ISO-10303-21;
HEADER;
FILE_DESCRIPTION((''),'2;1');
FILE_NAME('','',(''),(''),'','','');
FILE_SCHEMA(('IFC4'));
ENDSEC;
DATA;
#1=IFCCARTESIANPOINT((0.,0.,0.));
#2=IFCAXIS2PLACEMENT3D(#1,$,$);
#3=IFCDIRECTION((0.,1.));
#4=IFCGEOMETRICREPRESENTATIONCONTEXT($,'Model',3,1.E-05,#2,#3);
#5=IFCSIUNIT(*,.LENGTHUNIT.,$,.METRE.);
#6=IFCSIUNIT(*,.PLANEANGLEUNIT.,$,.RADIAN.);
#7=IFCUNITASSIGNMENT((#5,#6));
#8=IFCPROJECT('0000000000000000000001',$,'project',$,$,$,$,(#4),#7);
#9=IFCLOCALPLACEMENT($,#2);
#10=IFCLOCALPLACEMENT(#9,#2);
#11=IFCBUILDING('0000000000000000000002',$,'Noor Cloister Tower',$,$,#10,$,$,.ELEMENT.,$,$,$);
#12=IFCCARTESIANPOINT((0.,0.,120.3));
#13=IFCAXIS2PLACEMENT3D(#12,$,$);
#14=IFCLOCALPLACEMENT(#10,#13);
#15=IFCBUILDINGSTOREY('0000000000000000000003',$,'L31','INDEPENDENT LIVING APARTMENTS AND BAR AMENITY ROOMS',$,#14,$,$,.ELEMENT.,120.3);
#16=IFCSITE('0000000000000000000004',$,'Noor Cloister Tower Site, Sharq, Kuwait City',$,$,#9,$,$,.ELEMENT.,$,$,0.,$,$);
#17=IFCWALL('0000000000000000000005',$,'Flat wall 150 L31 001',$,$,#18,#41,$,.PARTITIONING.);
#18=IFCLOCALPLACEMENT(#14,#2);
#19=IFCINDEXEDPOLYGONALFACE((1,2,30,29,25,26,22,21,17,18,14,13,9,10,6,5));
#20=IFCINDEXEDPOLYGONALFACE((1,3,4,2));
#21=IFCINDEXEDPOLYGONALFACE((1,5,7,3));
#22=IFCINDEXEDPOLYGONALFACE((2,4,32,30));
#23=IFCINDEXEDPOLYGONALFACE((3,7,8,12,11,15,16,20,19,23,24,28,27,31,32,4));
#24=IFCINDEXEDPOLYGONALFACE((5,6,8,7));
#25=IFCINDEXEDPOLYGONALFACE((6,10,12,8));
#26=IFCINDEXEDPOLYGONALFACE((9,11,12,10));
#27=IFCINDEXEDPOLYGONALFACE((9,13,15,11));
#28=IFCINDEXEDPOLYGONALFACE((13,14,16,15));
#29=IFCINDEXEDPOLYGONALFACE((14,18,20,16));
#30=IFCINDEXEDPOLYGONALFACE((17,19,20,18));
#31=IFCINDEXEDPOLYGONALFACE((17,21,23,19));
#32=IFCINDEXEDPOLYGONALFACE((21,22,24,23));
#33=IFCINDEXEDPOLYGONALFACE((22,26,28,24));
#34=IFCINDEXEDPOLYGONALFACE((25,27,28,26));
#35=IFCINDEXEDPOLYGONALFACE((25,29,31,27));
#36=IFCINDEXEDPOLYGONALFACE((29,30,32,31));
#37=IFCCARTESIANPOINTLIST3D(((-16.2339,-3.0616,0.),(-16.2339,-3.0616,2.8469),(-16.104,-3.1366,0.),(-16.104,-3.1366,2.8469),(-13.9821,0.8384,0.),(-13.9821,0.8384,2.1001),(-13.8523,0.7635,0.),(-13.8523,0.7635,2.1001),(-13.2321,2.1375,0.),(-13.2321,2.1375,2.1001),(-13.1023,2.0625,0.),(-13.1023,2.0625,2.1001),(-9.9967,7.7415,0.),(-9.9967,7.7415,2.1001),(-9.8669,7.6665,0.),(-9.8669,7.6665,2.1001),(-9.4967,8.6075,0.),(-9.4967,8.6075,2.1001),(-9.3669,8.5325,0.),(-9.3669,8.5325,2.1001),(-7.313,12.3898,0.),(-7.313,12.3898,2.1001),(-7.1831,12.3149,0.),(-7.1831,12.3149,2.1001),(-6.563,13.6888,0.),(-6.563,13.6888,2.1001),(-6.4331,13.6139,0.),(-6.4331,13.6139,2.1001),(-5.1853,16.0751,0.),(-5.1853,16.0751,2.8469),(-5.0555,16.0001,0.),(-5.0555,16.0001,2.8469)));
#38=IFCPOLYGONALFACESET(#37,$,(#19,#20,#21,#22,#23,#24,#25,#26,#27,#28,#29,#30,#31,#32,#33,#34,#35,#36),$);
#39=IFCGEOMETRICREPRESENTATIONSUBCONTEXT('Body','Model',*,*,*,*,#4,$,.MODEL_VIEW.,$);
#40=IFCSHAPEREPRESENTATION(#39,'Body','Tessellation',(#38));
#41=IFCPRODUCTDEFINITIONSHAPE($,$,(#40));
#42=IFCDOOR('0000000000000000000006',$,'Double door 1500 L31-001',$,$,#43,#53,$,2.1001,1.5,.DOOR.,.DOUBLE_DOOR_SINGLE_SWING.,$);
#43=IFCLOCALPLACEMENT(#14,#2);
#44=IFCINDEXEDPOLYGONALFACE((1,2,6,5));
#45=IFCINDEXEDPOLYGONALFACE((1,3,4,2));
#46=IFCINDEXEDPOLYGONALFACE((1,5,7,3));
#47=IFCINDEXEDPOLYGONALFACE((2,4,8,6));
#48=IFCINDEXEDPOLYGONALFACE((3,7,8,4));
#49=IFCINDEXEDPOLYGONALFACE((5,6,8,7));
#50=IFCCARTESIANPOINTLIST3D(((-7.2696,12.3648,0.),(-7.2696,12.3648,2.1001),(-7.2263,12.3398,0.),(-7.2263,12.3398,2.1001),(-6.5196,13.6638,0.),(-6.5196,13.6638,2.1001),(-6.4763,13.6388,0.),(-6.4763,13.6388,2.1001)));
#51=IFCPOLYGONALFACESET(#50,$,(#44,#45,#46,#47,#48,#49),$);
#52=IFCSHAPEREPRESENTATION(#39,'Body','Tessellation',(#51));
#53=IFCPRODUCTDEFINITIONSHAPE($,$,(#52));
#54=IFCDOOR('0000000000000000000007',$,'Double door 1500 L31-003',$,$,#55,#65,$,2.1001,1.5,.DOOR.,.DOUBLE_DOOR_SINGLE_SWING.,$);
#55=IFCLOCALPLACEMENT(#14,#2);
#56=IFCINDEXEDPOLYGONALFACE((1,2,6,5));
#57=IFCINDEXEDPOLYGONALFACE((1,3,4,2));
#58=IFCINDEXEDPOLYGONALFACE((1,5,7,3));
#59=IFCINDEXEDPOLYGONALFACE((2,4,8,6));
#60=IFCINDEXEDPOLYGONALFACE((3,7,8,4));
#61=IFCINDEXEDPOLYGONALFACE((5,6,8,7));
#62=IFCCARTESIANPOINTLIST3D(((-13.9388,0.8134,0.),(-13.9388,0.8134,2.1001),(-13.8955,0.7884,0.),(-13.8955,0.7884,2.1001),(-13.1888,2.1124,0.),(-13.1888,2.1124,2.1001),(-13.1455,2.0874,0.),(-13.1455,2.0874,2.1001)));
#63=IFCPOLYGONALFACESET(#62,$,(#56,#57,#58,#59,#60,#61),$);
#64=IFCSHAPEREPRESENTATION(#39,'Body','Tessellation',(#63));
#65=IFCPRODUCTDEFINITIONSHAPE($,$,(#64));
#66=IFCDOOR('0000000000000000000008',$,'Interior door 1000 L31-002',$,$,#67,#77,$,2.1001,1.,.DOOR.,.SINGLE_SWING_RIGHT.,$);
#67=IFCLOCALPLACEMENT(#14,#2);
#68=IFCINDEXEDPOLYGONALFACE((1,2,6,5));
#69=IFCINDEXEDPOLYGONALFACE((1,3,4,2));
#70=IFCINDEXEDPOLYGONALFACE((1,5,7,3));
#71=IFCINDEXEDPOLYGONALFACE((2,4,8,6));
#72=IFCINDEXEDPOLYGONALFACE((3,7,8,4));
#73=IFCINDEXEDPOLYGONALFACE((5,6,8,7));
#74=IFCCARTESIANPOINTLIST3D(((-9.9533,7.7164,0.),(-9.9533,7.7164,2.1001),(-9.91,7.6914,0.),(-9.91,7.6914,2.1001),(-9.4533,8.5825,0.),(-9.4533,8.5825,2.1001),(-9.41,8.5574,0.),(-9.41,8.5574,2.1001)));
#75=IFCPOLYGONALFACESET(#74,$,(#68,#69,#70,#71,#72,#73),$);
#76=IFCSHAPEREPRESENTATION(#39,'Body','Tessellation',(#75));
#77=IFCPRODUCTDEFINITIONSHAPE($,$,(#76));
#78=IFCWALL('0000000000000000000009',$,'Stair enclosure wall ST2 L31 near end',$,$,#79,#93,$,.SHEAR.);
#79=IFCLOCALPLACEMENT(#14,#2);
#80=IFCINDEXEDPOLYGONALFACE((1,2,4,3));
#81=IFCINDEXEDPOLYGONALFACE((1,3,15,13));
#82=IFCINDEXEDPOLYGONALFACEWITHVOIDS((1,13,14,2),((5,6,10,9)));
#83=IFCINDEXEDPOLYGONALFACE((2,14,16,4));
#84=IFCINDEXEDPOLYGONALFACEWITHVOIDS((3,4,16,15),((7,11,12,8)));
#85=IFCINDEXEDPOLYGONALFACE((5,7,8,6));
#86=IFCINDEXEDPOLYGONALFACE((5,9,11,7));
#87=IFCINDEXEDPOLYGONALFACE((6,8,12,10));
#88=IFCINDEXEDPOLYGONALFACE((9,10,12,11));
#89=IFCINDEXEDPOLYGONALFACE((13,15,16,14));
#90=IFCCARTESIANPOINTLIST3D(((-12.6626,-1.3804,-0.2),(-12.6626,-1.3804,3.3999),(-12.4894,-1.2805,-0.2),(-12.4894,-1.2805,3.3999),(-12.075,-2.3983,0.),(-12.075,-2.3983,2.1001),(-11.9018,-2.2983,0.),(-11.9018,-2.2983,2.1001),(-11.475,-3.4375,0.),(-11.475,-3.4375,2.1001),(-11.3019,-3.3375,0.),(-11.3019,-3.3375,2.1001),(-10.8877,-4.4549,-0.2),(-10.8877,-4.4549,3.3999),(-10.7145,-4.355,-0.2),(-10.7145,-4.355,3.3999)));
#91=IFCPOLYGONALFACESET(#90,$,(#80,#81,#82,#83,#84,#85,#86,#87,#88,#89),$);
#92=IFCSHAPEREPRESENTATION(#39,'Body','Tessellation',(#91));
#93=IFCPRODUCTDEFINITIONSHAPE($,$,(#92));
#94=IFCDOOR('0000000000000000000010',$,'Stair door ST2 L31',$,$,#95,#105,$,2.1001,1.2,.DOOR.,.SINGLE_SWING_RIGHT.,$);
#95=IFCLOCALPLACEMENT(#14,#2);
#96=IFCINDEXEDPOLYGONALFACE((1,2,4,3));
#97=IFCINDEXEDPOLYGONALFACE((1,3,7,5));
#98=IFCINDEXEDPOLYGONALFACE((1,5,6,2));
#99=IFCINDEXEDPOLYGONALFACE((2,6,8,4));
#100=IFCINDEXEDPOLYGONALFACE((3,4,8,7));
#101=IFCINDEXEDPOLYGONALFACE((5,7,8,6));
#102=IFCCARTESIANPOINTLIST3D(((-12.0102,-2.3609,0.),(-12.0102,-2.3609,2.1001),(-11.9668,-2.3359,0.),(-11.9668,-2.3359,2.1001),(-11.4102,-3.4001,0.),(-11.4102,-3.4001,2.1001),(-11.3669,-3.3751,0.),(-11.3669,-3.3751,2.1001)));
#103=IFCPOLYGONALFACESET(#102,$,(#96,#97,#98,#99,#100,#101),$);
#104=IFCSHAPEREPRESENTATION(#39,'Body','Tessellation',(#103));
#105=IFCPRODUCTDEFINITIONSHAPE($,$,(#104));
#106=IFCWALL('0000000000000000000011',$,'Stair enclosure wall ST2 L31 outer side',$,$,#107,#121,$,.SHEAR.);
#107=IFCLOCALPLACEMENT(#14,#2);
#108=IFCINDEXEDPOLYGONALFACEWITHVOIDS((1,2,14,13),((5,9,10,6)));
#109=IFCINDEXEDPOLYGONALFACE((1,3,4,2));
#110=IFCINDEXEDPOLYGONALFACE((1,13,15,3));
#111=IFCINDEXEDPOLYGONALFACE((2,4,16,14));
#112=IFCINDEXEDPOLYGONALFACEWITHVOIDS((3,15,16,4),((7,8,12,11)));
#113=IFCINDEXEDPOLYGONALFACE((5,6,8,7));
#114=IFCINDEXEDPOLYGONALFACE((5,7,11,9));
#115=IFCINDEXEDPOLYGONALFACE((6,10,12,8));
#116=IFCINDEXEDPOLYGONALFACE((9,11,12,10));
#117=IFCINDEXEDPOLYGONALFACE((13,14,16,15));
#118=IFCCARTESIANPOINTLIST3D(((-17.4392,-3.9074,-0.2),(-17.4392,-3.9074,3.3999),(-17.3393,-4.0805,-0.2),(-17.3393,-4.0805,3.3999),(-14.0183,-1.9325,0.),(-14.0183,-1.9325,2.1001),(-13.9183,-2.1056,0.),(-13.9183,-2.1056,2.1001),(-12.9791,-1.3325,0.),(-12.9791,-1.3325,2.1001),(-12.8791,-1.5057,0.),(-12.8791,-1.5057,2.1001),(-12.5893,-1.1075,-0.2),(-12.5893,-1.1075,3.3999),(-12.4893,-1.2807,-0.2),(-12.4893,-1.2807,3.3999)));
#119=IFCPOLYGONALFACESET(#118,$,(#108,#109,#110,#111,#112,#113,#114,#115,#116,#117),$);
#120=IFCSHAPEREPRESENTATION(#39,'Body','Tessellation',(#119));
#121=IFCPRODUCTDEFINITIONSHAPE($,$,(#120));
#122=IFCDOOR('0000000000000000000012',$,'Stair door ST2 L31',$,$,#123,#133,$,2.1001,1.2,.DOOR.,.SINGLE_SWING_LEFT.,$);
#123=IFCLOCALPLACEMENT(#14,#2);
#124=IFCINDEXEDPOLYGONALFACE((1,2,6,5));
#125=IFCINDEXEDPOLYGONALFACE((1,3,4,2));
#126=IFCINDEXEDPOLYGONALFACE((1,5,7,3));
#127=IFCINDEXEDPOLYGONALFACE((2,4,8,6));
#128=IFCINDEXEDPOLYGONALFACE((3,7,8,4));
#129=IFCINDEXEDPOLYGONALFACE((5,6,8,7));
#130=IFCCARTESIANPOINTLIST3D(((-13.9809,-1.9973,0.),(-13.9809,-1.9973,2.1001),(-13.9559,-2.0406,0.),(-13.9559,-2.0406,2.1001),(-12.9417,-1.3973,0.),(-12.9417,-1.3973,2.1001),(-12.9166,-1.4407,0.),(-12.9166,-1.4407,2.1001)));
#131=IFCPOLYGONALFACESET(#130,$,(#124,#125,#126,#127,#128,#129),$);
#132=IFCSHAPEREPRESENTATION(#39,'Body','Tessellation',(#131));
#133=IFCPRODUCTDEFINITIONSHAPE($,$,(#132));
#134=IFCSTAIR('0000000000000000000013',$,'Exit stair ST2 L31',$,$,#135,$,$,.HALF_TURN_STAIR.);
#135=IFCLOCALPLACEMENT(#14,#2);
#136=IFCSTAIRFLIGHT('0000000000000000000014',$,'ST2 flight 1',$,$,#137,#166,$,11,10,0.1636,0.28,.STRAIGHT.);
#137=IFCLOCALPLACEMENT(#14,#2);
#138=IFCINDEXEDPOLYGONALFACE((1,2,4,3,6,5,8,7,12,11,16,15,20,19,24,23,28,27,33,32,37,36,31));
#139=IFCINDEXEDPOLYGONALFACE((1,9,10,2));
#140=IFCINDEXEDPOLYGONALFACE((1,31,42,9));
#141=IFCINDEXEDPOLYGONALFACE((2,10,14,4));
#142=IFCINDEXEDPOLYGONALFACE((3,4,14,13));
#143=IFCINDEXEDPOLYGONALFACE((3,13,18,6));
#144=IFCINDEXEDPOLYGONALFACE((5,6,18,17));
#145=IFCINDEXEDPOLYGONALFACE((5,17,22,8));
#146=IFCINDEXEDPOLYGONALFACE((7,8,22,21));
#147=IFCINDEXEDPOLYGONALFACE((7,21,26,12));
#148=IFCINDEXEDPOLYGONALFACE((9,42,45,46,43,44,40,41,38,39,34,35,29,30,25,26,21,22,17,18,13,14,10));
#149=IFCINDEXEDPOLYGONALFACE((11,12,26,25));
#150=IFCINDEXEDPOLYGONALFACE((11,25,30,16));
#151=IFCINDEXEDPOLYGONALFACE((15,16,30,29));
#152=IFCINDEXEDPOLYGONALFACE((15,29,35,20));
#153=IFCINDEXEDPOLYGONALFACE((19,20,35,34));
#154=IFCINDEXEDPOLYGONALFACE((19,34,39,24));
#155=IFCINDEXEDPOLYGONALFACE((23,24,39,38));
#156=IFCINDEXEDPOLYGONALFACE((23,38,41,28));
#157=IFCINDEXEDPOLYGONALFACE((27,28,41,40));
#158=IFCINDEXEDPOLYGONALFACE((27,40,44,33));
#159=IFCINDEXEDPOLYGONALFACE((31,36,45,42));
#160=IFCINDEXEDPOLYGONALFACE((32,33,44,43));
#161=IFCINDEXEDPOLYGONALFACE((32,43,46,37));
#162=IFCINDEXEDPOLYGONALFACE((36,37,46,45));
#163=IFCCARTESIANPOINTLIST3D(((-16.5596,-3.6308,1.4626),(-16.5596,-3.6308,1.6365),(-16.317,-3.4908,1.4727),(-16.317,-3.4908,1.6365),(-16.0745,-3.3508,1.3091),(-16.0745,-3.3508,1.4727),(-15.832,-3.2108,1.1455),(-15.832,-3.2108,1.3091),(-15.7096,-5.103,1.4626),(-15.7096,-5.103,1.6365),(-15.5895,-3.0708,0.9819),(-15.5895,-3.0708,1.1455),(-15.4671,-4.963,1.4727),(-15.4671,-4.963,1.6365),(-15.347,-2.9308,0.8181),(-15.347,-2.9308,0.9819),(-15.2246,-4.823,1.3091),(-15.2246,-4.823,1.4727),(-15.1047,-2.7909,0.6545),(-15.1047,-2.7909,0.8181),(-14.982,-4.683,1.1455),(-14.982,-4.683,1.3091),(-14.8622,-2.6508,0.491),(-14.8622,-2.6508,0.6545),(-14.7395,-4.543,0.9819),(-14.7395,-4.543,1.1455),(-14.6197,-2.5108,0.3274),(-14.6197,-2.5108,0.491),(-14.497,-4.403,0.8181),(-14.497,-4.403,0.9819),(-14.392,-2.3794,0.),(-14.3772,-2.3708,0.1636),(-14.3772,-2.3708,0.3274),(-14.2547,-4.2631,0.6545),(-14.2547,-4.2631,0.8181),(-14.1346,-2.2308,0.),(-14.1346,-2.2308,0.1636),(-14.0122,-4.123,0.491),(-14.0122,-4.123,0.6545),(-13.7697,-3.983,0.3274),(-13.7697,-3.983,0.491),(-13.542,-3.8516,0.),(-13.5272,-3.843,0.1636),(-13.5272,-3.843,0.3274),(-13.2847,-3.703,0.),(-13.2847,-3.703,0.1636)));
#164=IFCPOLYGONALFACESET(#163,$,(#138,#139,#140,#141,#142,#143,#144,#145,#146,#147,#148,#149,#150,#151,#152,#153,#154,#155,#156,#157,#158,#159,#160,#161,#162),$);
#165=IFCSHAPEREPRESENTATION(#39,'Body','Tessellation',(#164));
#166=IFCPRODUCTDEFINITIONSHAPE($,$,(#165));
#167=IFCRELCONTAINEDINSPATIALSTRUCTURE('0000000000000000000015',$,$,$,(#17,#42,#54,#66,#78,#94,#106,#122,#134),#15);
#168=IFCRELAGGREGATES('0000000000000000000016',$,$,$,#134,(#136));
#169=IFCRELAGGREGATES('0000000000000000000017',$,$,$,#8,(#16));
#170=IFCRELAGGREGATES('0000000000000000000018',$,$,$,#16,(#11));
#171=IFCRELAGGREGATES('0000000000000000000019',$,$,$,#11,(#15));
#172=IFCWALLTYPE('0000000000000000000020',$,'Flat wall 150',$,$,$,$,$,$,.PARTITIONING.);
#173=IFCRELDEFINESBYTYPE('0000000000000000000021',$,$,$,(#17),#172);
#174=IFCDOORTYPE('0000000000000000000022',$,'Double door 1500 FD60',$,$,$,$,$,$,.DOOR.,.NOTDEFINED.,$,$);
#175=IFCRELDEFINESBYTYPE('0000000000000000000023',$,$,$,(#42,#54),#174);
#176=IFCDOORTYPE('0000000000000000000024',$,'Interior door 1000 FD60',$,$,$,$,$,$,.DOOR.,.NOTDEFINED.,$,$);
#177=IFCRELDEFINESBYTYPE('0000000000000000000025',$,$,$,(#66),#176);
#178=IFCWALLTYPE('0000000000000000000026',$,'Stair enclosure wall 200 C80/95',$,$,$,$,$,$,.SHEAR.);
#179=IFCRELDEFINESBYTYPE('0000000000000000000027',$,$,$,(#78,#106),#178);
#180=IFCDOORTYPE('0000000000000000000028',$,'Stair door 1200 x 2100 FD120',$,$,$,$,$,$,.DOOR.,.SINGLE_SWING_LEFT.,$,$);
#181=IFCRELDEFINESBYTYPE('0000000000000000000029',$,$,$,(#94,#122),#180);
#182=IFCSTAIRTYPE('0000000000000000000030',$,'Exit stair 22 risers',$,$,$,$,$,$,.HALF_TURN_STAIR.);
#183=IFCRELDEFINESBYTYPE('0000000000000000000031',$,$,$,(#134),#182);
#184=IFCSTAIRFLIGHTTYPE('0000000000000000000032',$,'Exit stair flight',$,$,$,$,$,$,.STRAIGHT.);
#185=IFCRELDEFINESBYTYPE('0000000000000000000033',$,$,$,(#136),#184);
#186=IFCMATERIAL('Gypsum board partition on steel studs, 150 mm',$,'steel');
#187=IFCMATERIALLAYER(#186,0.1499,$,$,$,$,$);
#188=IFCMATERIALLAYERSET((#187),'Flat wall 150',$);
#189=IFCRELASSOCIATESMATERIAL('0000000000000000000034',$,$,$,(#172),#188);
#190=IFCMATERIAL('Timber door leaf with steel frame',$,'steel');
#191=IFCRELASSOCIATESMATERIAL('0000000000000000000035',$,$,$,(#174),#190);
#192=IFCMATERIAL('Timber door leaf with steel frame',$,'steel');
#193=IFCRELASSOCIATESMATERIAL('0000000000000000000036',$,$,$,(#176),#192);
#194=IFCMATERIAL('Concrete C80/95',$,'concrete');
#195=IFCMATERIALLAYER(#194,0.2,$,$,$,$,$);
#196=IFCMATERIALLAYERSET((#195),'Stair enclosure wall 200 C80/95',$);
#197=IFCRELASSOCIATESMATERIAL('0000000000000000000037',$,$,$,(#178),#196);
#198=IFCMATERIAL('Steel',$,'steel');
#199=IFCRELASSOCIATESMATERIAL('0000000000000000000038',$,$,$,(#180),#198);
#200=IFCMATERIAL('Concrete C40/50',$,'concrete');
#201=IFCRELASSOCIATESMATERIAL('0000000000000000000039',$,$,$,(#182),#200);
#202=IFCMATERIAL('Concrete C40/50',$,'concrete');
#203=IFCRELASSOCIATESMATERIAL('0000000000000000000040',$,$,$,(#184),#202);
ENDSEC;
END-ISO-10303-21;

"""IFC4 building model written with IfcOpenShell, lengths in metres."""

from ifc_helpers import new_model, si_unit, direction, frame, frame_2d, origin, place, context, subcontext, project, spatial, polyline, rectangle, outline, extrude, material, layer, layer_set, type_object, element, fill, aggregate, save


model = new_model("IFC4")

# Units and contexts
model_context = context("Model", 3, precision=1e-05, world=origin(), true_north=direction((0.0, 1.0)))
body_context = subcontext(model_context, "Body", "Model", "MODEL_VIEW")
ifc_project = project(units=[si_unit("LENGTHUNIT", "METRE"), si_unit("PLANEANGLEUNIT", "RADIAN")], contexts=[model_context])

# Site, building, storey
site_placement = place(None, origin())
site = spatial("IfcSite", under=ifc_project, at=site_placement, Name="Noor Cloister Tower Site, Sharq, Kuwait City", CompositionType="ELEMENT", RefElevation=0.0)
building_placement = place(site_placement, origin())
building = spatial("IfcBuilding", under=site, at=building_placement, Name="Noor Cloister Tower", CompositionType="ELEMENT")
storey_placement = place(building_placement, frame((0.0, 0.0, 120.3)))
storey = spatial("IfcBuildingStorey", under=building, at=storey_placement, Name="L31", Description="INDEPENDENT LIVING APARTMENTS AND BAR AMENITY ROOMS", CompositionType="ELEMENT", Elevation=120.3)

# Wall, openings, doors
ifc_material_1 = material(Name="Gypsum board partition on steel studs, 150 mm", Category="steel")
ifc_layer_1 = layer(ifc_material_1, 0.1499)
ifc_layer_set_1 = layer_set([ifc_layer_1], Name="Flat wall 150")
wall_type_1 = type_object("IfcWallType", Name="Flat wall 150", PredefinedType="PARTITIONING", material=ifc_layer_set_1)
wall_1_placement = place(storey_placement, frame((-16.1689, -3.0991, 0.0), z_axis=(0.0, 0.0, 1.0), x_axis=(0.5, 0.866026, 0.0)))
wall_1 = element("IfcWall", 1, at=wall_1_placement, inside=storey, type_object=wall_type_1, Name="Flat wall 150 L31 001", PredefinedType="PARTITIONING", context=body_context, shape_type="SweptSolid", body=[
    extrude(rectangle(XDim=22.0972, YDim=0.1499, at=frame_2d((11.0486, 0.0))), origin(), (0.0, 0.0, 1.0), 2.8469),
])
opening_1_placement = place(wall_1_placement, frame((17.8418, 0.0, 0.0)))
opening_1 = element("IfcOpeningElement", 2, at=opening_1_placement, cuts=wall_1, PredefinedType="OPENING", context=body_context, shape_type="SweptSolid", body=[
    extrude(rectangle(XDim=1.5, YDim=2.1001, at=frame_2d((0.75, 1.05))), frame((0.0, 0.085, 0.0), z_axis=(0.0, -1.0, 0.0), x_axis=(1.0, 0.0, 0.0)), (0.0, 0.0, 1.0), 0.1699),
])
opening_2_placement = place(wall_1_placement, frame((12.4744, 0.0, 0.0)))
opening_2 = element("IfcOpeningElement", 3, at=opening_2_placement, cuts=wall_1, PredefinedType="OPENING", context=body_context, shape_type="SweptSolid", body=[
    extrude(rectangle(XDim=1.0, YDim=2.1001, at=frame_2d((0.5, 1.05))), frame((0.0, 0.085, 0.0), z_axis=(0.0, -1.0, 0.0), x_axis=(1.0, 0.0, 0.0)), (0.0, 0.0, 1.0), 0.1699),
])
opening_3_placement = place(wall_1_placement, frame((4.5034, 0.0, 0.0)))
opening_3 = element("IfcOpeningElement", 4, at=opening_3_placement, cuts=wall_1, PredefinedType="OPENING", context=body_context, shape_type="SweptSolid", body=[
    extrude(rectangle(XDim=1.5, YDim=2.1001, at=frame_2d((0.75, 1.05))), frame((0.0, 0.085, 0.0), z_axis=(0.0, -1.0, 0.0), x_axis=(1.0, 0.0, 0.0)), (0.0, 0.0, 1.0), 0.1699),
])
ifc_material_2 = material(Name="Timber door leaf with steel frame", Category="steel")
door_type_1 = type_object("IfcDoorType", Name="Double door 1500 FD60", OperationType="NOTDEFINED", PredefinedType="DOOR", material=ifc_material_2)
door_1_placement = place(opening_1_placement, origin())
door_1 = element("IfcDoor", 5, at=door_1_placement, inside=storey, type_object=door_type_1, Name="Double door 1500 L31-001", OperationType="DOUBLE_DOOR_SINGLE_SWING", OverallHeight=2.1001, OverallWidth=1.5, PredefinedType="DOOR", context=body_context, shape_type="SweptSolid", body=[
    extrude(rectangle(XDim=1.5, YDim=2.1001, at=frame_2d((0.75, 1.05))), frame((0.0, 0.0249, 0.0), z_axis=(0.0, -1.0, 0.0), x_axis=(1.0, 0.0, 0.0)), (0.0, 0.0, 1.0), 0.05),
])
fill(opening_1, door_1)
door_2_placement = place(opening_3_placement, origin())
door_2 = element("IfcDoor", 6, at=door_2_placement, inside=storey, type_object=door_type_1, Name="Double door 1500 L31-003", OperationType="DOUBLE_DOOR_SINGLE_SWING", OverallHeight=2.1001, OverallWidth=1.5, PredefinedType="DOOR", context=body_context, shape_type="SweptSolid", body=[
    extrude(rectangle(XDim=1.5, YDim=2.1001, at=frame_2d((0.75, 1.05))), frame((0.0, 0.0249, 0.0), z_axis=(0.0, -1.0, 0.0), x_axis=(1.0, 0.0, 0.0)), (0.0, 0.0, 1.0), 0.05),
])
fill(opening_3, door_2)
ifc_material_3 = material(Name="Timber door leaf with steel frame", Category="steel")
door_type_2 = type_object("IfcDoorType", Name="Interior door 1000 FD60", OperationType="NOTDEFINED", PredefinedType="DOOR", material=ifc_material_3)
door_3_placement = place(opening_2_placement, origin())
door_3 = element("IfcDoor", 7, at=door_3_placement, inside=storey, type_object=door_type_2, Name="Interior door 1000 L31-002", OperationType="SINGLE_SWING_RIGHT", OverallHeight=2.1001, OverallWidth=1.0, PredefinedType="DOOR", context=body_context, shape_type="SweptSolid", body=[
    extrude(rectangle(XDim=1.0, YDim=2.1001, at=frame_2d((0.5, 1.05))), frame((0.0, 0.0249, 0.0), z_axis=(0.0, -1.0, 0.0), x_axis=(1.0, 0.0, 0.0)), (0.0, 0.0, 1.0), 0.05),
])
fill(opening_2, door_3)

# Walls, openings, doors
ifc_material_4 = material(Name="Concrete C80/95", Category="concrete")
ifc_layer_2 = layer(ifc_material_4, 0.2)
ifc_layer_set_2 = layer_set([ifc_layer_2], Name="Stair enclosure wall 200 C80/95")
wall_type_2 = type_object("IfcWallType", Name="Stair enclosure wall 200 C80/95", PredefinedType="SHEAR", material=ifc_layer_set_2)
wall_2_placement = place(storey_placement, frame((-12.5759, -1.3306, -0.2), z_axis=(0.0, 0.0, 1.0), x_axis=(0.49997, -0.866042, 0.0)))
wall_2 = element("IfcWall", 8, at=wall_2_placement, inside=storey, type_object=wall_type_2, Name="Stair enclosure wall ST2 L31 near end", PredefinedType="SHEAR", context=body_context, shape_type="SweptSolid", body=[
    extrude(rectangle(XDim=3.55, YDim=0.2, at=frame_2d((1.7749, 0.0))), origin(), (0.0, 0.0, 1.0), 3.5999),
])
opening_4_placement = place(wall_2_placement, frame((1.175, 0.0, 0.2)))
opening_4 = element("IfcOpeningElement", 9, at=opening_4_placement, cuts=wall_2, PredefinedType="OPENING", context=body_context, shape_type="SweptSolid", body=[
    extrude(rectangle(XDim=1.2, YDim=2.1001, at=frame_2d((0.6001, 1.05))), frame((0.0, 0.1099, 0.0), z_axis=(0.0, -1.0, 0.0), x_axis=(1.0, 0.0, 0.0)), (0.0, 0.0, 1.0), 0.22),
])
ifc_material_5 = material(Name="Steel", Category="steel")
door_type_3 = type_object("IfcDoorType", Name="Stair door 1200 x 2100 FD120", OperationType="SINGLE_SWING_LEFT", PredefinedType="DOOR", material=ifc_material_5)
door_4_placement = place(opening_4_placement, origin())
door_4 = element("IfcDoor", 10, at=door_4_placement, inside=storey, type_object=door_type_3, Name="Stair door ST2 L31", OperationType="SINGLE_SWING_RIGHT", OverallHeight=2.1001, OverallWidth=1.2, PredefinedType="DOOR", context=body_context, shape_type="SweptSolid", body=[
    extrude(rectangle(XDim=1.2, YDim=2.1001, at=frame_2d((0.6001, 1.05))), frame((0.0, 0.0249, 0.0), z_axis=(0.0, -1.0, 0.0), x_axis=(1.0, 0.0, 0.0)), (0.0, 0.0, 1.0), 0.05),
])
fill(opening_4, door_4)
wall_3_placement = place(storey_placement, frame((-12.5393, -1.1941, -0.2), z_axis=(0.0, 0.0, 1.0), x_axis=(-0.866045, -0.499965, 0.0)))
wall_3 = element("IfcWall", 11, at=wall_3_placement, inside=storey, type_object=wall_type_2, Name="Stair enclosure wall ST2 L31 outer side", PredefinedType="SHEAR", context=body_context, shape_type="SweptSolid", body=[
    extrude(rectangle(XDim=5.6001, YDim=0.2, at=frame_2d((2.8, 0.0))), origin(), (0.0, 0.0, 1.0), 3.5999),
])
opening_5_placement = place(wall_3_placement, frame((0.45, 0.0, 0.2)))
opening_5 = element("IfcOpeningElement", 12, at=opening_5_placement, cuts=wall_3, PredefinedType="OPENING", context=body_context, shape_type="SweptSolid", body=[
    extrude(rectangle(XDim=1.2, YDim=2.1001, at=frame_2d((0.6001, 1.05))), frame((0.0, 0.1099, 0.0), z_axis=(0.0, -1.0, 0.0), x_axis=(1.0, 0.0, 0.0)), (0.0, 0.0, 1.0), 0.22),
])
door_5_placement = place(opening_5_placement, origin())
door_5 = element("IfcDoor", 13, at=door_5_placement, inside=storey, type_object=door_type_3, Name="Stair door ST2 L31", OperationType="SINGLE_SWING_LEFT", OverallHeight=2.1001, OverallWidth=1.2, PredefinedType="DOOR", context=body_context, shape_type="SweptSolid", body=[
    extrude(rectangle(XDim=1.2, YDim=2.1001, at=frame_2d((0.6001, 1.05))), frame((0.0, 0.0249, 0.0), z_axis=(0.0, -1.0, 0.0), x_axis=(1.0, 0.0, 0.0)), (0.0, 0.0, 1.0), 0.05),
])
fill(opening_5, door_5)

# Stair, stair flight
ifc_material_6 = material(Name="Concrete C40/50", Category="concrete")
stair_type = type_object("IfcStairType", Name="Exit stair 22 risers", PredefinedType="HALF_TURN_STAIR", material=ifc_material_6)
stair_placement = place(storey_placement, origin())
stair = element("IfcStair", 14, at=stair_placement, inside=storey, type_object=stair_type, Name="Exit stair ST2 L31", PredefinedType="HALF_TURN_STAIR")
ifc_material_7 = material(Name="Concrete C40/50", Category="concrete")
stair_flight_type = type_object("IfcStairFlightType", Name="Exit stair flight", PredefinedType="STRAIGHT", material=ifc_material_7)
stair_flight_1_placement = place(storey_placement, frame((-13.7097, -2.9668, 0.0), z_axis=(0.0, 0.0, 1.0), x_axis=(-0.866025, -0.5, 0.0)))
stair_flight_1 = element("IfcStairFlight", 15, at=stair_flight_1_placement, type_object=stair_flight_type, Name="ST2 flight 1", NumberOfRisers=11, NumberOfTreads=10, PredefinedType="STRAIGHT", RiserHeight=0.1636, TreadLength=0.28, context=body_context, shape_type="SweptSolid", body=[
    extrude(outline(polyline([(0.0, 0.0), (0.0, 0.1636), (0.28, 0.1636), (0.28, 0.3274), (0.5601, 0.3274), (0.5601, 0.491), (0.8401, 0.491), (0.8401, 0.6545), (1.1201, 0.6545), (1.1201, 0.8181), (1.3999, 0.8181), (1.3999, 0.9819), (1.6799, 0.9819), (1.6799, 1.1455), (1.96, 1.1455), (1.96, 1.3091), (2.24, 1.3091), (2.24, 1.4727), (2.52, 1.4727), (2.52, 1.6365), (2.8, 1.6365), (2.8, 1.8), (2.8, 1.4626), (0.2971, 0.0), (0.0, 0.0)])), frame((0.0, 0.8501, 0.0), z_axis=(0.0, -1.0, 0.0), x_axis=(1.0, 0.0, 0.0)), (0.0, 0.0, 1.0), 1.7),
])
aggregate(stair, [stair_flight_1])

save(model, "model.ifc")
